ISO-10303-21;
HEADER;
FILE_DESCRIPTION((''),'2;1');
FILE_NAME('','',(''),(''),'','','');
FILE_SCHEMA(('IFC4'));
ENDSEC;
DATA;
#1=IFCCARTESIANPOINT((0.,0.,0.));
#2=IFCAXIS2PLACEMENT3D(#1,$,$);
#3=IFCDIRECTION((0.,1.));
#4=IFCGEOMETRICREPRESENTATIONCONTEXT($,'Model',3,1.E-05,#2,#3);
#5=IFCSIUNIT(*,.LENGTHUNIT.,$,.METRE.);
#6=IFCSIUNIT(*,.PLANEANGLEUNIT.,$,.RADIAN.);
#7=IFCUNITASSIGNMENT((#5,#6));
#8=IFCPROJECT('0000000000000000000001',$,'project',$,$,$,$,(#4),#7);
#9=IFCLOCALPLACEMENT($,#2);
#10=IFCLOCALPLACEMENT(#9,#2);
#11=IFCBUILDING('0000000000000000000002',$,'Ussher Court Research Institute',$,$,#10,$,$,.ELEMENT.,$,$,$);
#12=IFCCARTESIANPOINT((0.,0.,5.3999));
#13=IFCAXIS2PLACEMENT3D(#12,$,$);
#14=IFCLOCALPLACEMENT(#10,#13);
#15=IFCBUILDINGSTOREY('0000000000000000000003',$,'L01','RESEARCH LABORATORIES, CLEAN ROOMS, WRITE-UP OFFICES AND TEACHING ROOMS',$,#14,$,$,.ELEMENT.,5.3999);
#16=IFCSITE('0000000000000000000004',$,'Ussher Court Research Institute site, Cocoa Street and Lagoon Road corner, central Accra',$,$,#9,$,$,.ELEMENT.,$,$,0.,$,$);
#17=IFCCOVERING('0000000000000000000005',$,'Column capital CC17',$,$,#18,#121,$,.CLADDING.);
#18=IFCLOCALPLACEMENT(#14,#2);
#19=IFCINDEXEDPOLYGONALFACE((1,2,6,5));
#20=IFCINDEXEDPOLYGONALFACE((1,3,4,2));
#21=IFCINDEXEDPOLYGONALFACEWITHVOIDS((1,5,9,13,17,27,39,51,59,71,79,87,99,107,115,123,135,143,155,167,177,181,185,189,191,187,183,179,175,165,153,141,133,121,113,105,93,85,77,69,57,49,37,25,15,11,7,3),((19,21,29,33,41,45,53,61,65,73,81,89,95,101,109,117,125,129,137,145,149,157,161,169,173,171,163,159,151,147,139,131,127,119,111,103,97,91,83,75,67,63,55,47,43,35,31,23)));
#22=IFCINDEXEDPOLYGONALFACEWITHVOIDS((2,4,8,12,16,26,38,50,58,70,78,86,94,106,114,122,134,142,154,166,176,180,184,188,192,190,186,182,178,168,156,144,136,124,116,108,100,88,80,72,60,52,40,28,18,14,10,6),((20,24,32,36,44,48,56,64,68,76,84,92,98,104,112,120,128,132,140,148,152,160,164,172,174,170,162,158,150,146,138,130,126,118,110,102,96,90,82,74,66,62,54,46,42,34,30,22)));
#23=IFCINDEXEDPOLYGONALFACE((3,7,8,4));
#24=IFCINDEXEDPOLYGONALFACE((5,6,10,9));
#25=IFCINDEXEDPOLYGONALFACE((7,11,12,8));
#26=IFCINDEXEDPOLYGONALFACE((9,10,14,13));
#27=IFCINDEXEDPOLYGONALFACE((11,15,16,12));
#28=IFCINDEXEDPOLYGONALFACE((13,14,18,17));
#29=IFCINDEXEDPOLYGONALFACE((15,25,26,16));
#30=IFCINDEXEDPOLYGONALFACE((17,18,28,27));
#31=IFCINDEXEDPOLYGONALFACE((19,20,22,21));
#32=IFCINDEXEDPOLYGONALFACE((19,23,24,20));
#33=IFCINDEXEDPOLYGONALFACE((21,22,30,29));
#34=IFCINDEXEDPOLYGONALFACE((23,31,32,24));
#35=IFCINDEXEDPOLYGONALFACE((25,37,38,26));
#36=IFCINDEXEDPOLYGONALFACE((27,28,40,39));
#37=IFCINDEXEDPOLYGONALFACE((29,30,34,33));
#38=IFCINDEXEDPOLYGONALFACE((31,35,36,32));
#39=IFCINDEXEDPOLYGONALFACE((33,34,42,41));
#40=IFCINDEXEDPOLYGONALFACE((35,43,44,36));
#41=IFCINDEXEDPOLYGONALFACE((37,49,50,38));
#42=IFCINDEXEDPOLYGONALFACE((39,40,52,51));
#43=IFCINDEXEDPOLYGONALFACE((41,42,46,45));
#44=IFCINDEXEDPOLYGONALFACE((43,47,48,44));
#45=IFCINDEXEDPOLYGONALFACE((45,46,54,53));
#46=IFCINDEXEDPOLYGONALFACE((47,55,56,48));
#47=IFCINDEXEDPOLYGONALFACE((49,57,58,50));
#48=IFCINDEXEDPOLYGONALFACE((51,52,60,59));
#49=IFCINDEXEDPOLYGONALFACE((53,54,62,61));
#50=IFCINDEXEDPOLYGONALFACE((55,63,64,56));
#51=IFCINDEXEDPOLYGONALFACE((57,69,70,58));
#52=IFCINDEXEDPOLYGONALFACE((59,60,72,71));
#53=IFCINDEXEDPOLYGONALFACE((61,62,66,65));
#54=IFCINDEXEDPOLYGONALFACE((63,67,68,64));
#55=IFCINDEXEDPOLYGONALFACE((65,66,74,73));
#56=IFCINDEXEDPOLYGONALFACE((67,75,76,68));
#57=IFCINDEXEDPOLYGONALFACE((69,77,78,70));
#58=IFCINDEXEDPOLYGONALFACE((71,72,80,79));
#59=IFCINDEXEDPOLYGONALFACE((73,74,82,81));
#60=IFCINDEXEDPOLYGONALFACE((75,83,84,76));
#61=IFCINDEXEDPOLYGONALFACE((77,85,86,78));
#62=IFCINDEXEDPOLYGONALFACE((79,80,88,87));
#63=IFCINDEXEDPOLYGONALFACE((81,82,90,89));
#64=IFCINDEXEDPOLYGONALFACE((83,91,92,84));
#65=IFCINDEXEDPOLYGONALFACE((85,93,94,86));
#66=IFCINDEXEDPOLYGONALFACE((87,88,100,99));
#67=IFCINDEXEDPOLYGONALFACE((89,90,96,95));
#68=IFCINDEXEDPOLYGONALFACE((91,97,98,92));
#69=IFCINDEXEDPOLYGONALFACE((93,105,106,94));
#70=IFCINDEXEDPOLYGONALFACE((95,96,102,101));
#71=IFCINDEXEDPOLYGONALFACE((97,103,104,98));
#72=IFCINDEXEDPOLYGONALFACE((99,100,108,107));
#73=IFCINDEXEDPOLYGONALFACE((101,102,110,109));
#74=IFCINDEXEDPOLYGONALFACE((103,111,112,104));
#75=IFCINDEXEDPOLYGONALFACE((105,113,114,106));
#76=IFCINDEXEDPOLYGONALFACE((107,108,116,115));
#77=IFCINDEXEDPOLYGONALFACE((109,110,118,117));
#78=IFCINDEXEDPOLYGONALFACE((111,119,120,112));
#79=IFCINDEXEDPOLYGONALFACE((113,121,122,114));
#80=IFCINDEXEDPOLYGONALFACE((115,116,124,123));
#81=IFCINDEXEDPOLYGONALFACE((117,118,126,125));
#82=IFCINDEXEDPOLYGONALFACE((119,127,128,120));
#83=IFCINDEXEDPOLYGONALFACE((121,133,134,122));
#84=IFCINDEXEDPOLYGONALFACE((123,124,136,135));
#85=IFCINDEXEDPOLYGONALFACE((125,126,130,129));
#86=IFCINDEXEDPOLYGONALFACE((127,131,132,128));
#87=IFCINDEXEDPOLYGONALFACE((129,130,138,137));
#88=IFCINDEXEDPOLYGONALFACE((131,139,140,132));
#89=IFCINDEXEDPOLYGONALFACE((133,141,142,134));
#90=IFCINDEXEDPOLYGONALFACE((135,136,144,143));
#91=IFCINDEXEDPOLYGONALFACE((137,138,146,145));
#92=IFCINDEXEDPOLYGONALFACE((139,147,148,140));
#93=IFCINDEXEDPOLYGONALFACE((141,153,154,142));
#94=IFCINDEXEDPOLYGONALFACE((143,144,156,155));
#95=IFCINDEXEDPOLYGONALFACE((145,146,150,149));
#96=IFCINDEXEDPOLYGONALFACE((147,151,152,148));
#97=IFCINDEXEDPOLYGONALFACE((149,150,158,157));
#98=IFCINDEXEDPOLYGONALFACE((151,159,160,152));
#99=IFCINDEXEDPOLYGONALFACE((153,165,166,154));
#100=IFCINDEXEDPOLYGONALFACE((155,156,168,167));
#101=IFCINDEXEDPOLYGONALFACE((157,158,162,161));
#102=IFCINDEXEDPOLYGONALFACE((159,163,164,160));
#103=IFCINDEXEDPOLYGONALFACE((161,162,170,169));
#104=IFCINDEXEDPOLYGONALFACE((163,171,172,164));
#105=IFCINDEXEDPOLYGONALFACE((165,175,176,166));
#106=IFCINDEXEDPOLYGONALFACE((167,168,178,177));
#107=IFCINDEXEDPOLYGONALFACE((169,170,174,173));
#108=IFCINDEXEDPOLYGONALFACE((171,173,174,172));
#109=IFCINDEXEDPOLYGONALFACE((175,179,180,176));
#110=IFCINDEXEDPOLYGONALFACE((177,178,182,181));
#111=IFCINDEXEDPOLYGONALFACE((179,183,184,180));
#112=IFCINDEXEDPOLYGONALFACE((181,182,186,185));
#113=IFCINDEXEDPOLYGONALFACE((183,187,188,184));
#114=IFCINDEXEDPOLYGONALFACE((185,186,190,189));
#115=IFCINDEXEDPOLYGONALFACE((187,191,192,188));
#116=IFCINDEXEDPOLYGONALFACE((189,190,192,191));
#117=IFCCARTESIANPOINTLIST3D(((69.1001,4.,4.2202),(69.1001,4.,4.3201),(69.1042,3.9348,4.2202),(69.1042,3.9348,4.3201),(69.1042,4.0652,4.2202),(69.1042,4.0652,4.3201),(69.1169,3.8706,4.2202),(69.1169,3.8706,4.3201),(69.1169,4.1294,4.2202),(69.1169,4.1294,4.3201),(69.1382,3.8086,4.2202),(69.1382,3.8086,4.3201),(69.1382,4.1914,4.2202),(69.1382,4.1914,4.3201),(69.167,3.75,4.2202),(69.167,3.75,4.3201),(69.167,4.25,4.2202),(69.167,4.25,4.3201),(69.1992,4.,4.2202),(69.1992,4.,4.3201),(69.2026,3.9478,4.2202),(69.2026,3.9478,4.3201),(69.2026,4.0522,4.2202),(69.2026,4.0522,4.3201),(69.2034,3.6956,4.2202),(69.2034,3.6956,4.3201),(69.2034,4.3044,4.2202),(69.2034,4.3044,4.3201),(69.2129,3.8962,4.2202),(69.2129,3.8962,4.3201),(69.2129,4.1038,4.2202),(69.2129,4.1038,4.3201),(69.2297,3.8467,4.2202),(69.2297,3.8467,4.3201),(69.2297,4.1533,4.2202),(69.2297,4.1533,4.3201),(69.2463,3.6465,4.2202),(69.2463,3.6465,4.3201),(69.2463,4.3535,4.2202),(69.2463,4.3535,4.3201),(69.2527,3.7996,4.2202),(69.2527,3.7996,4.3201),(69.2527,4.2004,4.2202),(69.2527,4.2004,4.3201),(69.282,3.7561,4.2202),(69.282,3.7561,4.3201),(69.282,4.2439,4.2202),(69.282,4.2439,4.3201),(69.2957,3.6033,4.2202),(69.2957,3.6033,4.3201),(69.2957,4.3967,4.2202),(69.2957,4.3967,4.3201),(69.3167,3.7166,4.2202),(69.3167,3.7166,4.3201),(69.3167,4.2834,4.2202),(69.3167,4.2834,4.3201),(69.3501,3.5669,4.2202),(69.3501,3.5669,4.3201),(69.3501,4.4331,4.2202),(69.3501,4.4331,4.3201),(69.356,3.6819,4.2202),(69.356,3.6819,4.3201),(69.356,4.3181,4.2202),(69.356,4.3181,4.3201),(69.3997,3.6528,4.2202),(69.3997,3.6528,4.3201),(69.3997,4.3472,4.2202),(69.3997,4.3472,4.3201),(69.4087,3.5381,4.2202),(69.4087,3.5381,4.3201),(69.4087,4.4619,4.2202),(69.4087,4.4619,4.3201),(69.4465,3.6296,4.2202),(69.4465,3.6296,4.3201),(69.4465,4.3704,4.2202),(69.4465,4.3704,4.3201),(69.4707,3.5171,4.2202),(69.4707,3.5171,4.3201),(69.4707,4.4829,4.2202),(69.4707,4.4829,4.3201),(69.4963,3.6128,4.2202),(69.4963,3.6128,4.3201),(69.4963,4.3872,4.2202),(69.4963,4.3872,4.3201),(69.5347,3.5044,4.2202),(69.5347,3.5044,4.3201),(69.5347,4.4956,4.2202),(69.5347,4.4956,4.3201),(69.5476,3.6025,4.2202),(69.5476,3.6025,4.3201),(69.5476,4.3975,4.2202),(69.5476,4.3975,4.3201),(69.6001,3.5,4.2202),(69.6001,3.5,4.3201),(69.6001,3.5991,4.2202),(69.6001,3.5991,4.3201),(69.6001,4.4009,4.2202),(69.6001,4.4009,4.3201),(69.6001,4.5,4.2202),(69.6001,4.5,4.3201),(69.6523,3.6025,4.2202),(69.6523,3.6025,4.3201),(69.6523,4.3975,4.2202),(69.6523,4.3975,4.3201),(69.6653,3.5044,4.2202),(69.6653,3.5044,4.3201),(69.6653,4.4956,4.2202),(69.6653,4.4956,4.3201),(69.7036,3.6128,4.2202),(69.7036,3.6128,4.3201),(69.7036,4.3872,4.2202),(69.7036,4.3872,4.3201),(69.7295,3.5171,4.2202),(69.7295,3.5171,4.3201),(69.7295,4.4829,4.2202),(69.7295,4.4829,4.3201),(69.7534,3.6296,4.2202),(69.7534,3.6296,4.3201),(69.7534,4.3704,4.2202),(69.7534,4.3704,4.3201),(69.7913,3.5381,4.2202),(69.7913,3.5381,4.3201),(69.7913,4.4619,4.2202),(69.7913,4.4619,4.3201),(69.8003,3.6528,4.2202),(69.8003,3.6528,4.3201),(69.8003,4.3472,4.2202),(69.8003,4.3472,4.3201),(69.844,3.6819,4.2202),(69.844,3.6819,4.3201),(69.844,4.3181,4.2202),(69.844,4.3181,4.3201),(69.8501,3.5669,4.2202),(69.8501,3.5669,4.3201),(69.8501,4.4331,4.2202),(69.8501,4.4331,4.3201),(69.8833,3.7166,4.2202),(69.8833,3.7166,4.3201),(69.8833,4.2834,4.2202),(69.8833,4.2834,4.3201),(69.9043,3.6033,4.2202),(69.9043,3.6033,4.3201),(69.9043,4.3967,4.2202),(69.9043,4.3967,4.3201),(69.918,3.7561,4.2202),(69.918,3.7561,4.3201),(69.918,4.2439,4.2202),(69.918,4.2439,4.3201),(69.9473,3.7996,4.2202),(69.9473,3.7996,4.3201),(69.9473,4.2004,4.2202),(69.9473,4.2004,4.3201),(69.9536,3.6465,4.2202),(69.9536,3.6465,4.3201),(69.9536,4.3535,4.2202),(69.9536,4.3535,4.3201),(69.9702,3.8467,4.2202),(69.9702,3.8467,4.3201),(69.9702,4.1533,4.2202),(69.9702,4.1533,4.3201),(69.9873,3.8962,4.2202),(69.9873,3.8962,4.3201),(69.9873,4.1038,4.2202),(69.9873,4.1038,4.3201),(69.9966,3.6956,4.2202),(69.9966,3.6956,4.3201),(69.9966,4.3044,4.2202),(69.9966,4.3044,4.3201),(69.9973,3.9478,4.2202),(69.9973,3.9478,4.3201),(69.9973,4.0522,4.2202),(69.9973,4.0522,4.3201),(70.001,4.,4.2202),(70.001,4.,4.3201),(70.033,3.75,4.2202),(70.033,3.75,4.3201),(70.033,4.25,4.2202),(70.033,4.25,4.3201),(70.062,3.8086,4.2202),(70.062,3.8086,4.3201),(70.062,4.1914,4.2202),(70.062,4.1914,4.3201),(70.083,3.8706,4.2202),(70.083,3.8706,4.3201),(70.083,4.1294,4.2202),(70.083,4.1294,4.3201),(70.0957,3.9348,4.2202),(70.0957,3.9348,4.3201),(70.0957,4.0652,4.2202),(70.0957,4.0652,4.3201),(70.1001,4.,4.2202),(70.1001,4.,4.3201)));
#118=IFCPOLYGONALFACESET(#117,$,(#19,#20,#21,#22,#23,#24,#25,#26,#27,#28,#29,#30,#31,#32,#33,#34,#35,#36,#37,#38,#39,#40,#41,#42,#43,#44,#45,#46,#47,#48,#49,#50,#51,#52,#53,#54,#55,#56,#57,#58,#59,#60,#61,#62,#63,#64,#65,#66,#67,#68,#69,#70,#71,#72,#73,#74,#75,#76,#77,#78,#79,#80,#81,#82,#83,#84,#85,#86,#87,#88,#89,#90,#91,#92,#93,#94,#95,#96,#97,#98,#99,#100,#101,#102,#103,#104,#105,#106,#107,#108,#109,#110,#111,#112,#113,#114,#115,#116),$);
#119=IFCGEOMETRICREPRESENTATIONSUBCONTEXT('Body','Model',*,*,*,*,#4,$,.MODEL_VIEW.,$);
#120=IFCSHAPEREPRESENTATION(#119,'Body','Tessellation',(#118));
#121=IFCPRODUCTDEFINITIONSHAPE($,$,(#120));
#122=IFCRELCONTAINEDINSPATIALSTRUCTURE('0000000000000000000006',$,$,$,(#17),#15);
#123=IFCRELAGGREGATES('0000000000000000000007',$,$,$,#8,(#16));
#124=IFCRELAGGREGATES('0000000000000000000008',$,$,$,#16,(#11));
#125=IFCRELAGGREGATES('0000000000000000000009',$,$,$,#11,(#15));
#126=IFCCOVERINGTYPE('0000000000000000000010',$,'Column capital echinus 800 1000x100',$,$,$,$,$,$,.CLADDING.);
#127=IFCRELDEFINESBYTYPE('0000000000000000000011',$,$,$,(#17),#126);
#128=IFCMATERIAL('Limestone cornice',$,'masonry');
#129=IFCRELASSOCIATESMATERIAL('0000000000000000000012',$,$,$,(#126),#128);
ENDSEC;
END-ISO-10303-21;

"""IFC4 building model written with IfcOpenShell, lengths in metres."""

from ifc_helpers import new_model, si_unit, direction, frame, origin, place, context, subcontext, project, spatial, polyline, outline, extrude, material, type_object, element, save


model = new_model("IFC4")

# Units and contexts
model_context = context("Model", 3, precision=1e-05, world=origin(), true_north=direction((0.0, 1.0)))
body_context = subcontext(model_context, "Body", "Model", "MODEL_VIEW")
ifc_project = project(units=[si_unit("LENGTHUNIT", "METRE"), si_unit("PLANEANGLEUNIT", "RADIAN")], contexts=[model_context])

# Site, building, storey
site_placement = place(None, origin())
site = spatial("IfcSite", under=ifc_project, at=site_placement, Name="Ussher Court Research Institute site, Cocoa Street and Lagoon Road corner, central Accra", CompositionType="ELEMENT", RefElevation=0.0)
building_placement = place(site_placement, origin())
building = spatial("IfcBuilding", under=site, at=building_placement, Name="Ussher Court Research Institute", CompositionType="ELEMENT")
storey_placement = place(building_placement, frame((0.0, 0.0, 5.3999)))
storey = spatial("IfcBuildingStorey", under=building, at=storey_placement, Name="L01", Description="RESEARCH LABORATORIES, CLEAN ROOMS, WRITE-UP OFFICES AND TEACHING ROOMS", CompositionType="ELEMENT", Elevation=5.3999)

# Covering
ifc_material_1 = material(Name="Limestone cornice", Category="masonry")
covering_type_1 = type_object("IfcCoveringType", Name="Column capital echinus 800 1000x100", PredefinedType="CLADDING", material=ifc_material_1)
covering_1_placement = place(storey_placement, frame((0.0, 0.0, 4.2202)))
element("IfcCovering", 1, at=covering_1_placement, inside=storey, type_object=covering_type_1, Name="Column capital CC17", PredefinedType="CLADDING", context=body_context, shape_type="SweptSolid", body=[
    extrude(outline(polyline([(70.1001, 4.0), (70.0957, 4.0652), (70.083, 4.1294), (70.062, 4.1914), (70.033, 4.25), (69.9966, 4.3044), (69.9536, 4.3535), (69.9043, 4.3967), (69.8501, 4.4331), (69.7913, 4.4619), (69.7295, 4.4829), (69.6653, 4.4956), (69.6001, 4.5), (69.5347, 4.4956), (69.4707, 4.4829), (69.4087, 4.4619), (69.3501, 4.4331), (69.2957, 4.3967), (69.2463, 4.3535), (69.2034, 4.3044), (69.167, 4.25), (69.1382, 4.1914), (69.1169, 4.1294), (69.1042, 4.0652), (69.1001, 4.0), (69.1042, 3.9348), (69.1169, 3.8706), (69.1382, 3.8086), (69.167, 3.75), (69.2034, 3.6956), (69.2463, 3.6465), (69.2957, 3.6033), (69.3501, 3.5669), (69.4087, 3.5381), (69.4707, 3.5171), (69.5347, 3.5044), (69.6001, 3.5), (69.6653, 3.5044), (69.7295, 3.5171), (69.7913, 3.5381), (69.8501, 3.5669), (69.9043, 3.6033), (69.9536, 3.6465), (69.9966, 3.6956), (70.033, 3.75), (70.062, 3.8086), (70.083, 3.8706), (70.0957, 3.9348), (70.1001, 4.0)]), holes=[polyline([(70.001, 4.0), (69.9973, 4.0522), (69.9873, 4.1038), (69.9702, 4.1533), (69.9473, 4.2004), (69.918, 4.2439), (69.8833, 4.2834), (69.844, 4.3181), (69.8003, 4.3472), (69.7534, 4.3704), (69.7036, 4.3872), (69.6523, 4.3975), (69.6001, 4.4009), (69.5476, 4.3975), (69.4963, 4.3872), (69.4465, 4.3704), (69.3997, 4.3472), (69.356, 4.3181), (69.3167, 4.2834), (69.282, 4.2439), (69.2527, 4.2004), (69.2297, 4.1533), (69.2129, 4.1038), (69.2026, 4.0522), (69.1992, 4.0), (69.2026, 3.9478), (69.2129, 3.8962), (69.2297, 3.8467), (69.2527, 3.7996), (69.282, 3.7561), (69.3167, 3.7166), (69.356, 3.6819), (69.3997, 3.6528), (69.4465, 3.6296), (69.4963, 3.6128), (69.5476, 3.6025), (69.6001, 3.5991), (69.6523, 3.6025), (69.7036, 3.6128), (69.7534, 3.6296), (69.8003, 3.6528), (69.844, 3.6819), (69.8833, 3.7166), (69.918, 3.7561), (69.9473, 3.7996), (69.9702, 3.8467), (69.9873, 3.8962), (69.9973, 3.9478), (70.001, 4.0)])]), origin(), (0.0, 0.0, 1.0), 0.0999),
])

save(model, "model.ifc")
